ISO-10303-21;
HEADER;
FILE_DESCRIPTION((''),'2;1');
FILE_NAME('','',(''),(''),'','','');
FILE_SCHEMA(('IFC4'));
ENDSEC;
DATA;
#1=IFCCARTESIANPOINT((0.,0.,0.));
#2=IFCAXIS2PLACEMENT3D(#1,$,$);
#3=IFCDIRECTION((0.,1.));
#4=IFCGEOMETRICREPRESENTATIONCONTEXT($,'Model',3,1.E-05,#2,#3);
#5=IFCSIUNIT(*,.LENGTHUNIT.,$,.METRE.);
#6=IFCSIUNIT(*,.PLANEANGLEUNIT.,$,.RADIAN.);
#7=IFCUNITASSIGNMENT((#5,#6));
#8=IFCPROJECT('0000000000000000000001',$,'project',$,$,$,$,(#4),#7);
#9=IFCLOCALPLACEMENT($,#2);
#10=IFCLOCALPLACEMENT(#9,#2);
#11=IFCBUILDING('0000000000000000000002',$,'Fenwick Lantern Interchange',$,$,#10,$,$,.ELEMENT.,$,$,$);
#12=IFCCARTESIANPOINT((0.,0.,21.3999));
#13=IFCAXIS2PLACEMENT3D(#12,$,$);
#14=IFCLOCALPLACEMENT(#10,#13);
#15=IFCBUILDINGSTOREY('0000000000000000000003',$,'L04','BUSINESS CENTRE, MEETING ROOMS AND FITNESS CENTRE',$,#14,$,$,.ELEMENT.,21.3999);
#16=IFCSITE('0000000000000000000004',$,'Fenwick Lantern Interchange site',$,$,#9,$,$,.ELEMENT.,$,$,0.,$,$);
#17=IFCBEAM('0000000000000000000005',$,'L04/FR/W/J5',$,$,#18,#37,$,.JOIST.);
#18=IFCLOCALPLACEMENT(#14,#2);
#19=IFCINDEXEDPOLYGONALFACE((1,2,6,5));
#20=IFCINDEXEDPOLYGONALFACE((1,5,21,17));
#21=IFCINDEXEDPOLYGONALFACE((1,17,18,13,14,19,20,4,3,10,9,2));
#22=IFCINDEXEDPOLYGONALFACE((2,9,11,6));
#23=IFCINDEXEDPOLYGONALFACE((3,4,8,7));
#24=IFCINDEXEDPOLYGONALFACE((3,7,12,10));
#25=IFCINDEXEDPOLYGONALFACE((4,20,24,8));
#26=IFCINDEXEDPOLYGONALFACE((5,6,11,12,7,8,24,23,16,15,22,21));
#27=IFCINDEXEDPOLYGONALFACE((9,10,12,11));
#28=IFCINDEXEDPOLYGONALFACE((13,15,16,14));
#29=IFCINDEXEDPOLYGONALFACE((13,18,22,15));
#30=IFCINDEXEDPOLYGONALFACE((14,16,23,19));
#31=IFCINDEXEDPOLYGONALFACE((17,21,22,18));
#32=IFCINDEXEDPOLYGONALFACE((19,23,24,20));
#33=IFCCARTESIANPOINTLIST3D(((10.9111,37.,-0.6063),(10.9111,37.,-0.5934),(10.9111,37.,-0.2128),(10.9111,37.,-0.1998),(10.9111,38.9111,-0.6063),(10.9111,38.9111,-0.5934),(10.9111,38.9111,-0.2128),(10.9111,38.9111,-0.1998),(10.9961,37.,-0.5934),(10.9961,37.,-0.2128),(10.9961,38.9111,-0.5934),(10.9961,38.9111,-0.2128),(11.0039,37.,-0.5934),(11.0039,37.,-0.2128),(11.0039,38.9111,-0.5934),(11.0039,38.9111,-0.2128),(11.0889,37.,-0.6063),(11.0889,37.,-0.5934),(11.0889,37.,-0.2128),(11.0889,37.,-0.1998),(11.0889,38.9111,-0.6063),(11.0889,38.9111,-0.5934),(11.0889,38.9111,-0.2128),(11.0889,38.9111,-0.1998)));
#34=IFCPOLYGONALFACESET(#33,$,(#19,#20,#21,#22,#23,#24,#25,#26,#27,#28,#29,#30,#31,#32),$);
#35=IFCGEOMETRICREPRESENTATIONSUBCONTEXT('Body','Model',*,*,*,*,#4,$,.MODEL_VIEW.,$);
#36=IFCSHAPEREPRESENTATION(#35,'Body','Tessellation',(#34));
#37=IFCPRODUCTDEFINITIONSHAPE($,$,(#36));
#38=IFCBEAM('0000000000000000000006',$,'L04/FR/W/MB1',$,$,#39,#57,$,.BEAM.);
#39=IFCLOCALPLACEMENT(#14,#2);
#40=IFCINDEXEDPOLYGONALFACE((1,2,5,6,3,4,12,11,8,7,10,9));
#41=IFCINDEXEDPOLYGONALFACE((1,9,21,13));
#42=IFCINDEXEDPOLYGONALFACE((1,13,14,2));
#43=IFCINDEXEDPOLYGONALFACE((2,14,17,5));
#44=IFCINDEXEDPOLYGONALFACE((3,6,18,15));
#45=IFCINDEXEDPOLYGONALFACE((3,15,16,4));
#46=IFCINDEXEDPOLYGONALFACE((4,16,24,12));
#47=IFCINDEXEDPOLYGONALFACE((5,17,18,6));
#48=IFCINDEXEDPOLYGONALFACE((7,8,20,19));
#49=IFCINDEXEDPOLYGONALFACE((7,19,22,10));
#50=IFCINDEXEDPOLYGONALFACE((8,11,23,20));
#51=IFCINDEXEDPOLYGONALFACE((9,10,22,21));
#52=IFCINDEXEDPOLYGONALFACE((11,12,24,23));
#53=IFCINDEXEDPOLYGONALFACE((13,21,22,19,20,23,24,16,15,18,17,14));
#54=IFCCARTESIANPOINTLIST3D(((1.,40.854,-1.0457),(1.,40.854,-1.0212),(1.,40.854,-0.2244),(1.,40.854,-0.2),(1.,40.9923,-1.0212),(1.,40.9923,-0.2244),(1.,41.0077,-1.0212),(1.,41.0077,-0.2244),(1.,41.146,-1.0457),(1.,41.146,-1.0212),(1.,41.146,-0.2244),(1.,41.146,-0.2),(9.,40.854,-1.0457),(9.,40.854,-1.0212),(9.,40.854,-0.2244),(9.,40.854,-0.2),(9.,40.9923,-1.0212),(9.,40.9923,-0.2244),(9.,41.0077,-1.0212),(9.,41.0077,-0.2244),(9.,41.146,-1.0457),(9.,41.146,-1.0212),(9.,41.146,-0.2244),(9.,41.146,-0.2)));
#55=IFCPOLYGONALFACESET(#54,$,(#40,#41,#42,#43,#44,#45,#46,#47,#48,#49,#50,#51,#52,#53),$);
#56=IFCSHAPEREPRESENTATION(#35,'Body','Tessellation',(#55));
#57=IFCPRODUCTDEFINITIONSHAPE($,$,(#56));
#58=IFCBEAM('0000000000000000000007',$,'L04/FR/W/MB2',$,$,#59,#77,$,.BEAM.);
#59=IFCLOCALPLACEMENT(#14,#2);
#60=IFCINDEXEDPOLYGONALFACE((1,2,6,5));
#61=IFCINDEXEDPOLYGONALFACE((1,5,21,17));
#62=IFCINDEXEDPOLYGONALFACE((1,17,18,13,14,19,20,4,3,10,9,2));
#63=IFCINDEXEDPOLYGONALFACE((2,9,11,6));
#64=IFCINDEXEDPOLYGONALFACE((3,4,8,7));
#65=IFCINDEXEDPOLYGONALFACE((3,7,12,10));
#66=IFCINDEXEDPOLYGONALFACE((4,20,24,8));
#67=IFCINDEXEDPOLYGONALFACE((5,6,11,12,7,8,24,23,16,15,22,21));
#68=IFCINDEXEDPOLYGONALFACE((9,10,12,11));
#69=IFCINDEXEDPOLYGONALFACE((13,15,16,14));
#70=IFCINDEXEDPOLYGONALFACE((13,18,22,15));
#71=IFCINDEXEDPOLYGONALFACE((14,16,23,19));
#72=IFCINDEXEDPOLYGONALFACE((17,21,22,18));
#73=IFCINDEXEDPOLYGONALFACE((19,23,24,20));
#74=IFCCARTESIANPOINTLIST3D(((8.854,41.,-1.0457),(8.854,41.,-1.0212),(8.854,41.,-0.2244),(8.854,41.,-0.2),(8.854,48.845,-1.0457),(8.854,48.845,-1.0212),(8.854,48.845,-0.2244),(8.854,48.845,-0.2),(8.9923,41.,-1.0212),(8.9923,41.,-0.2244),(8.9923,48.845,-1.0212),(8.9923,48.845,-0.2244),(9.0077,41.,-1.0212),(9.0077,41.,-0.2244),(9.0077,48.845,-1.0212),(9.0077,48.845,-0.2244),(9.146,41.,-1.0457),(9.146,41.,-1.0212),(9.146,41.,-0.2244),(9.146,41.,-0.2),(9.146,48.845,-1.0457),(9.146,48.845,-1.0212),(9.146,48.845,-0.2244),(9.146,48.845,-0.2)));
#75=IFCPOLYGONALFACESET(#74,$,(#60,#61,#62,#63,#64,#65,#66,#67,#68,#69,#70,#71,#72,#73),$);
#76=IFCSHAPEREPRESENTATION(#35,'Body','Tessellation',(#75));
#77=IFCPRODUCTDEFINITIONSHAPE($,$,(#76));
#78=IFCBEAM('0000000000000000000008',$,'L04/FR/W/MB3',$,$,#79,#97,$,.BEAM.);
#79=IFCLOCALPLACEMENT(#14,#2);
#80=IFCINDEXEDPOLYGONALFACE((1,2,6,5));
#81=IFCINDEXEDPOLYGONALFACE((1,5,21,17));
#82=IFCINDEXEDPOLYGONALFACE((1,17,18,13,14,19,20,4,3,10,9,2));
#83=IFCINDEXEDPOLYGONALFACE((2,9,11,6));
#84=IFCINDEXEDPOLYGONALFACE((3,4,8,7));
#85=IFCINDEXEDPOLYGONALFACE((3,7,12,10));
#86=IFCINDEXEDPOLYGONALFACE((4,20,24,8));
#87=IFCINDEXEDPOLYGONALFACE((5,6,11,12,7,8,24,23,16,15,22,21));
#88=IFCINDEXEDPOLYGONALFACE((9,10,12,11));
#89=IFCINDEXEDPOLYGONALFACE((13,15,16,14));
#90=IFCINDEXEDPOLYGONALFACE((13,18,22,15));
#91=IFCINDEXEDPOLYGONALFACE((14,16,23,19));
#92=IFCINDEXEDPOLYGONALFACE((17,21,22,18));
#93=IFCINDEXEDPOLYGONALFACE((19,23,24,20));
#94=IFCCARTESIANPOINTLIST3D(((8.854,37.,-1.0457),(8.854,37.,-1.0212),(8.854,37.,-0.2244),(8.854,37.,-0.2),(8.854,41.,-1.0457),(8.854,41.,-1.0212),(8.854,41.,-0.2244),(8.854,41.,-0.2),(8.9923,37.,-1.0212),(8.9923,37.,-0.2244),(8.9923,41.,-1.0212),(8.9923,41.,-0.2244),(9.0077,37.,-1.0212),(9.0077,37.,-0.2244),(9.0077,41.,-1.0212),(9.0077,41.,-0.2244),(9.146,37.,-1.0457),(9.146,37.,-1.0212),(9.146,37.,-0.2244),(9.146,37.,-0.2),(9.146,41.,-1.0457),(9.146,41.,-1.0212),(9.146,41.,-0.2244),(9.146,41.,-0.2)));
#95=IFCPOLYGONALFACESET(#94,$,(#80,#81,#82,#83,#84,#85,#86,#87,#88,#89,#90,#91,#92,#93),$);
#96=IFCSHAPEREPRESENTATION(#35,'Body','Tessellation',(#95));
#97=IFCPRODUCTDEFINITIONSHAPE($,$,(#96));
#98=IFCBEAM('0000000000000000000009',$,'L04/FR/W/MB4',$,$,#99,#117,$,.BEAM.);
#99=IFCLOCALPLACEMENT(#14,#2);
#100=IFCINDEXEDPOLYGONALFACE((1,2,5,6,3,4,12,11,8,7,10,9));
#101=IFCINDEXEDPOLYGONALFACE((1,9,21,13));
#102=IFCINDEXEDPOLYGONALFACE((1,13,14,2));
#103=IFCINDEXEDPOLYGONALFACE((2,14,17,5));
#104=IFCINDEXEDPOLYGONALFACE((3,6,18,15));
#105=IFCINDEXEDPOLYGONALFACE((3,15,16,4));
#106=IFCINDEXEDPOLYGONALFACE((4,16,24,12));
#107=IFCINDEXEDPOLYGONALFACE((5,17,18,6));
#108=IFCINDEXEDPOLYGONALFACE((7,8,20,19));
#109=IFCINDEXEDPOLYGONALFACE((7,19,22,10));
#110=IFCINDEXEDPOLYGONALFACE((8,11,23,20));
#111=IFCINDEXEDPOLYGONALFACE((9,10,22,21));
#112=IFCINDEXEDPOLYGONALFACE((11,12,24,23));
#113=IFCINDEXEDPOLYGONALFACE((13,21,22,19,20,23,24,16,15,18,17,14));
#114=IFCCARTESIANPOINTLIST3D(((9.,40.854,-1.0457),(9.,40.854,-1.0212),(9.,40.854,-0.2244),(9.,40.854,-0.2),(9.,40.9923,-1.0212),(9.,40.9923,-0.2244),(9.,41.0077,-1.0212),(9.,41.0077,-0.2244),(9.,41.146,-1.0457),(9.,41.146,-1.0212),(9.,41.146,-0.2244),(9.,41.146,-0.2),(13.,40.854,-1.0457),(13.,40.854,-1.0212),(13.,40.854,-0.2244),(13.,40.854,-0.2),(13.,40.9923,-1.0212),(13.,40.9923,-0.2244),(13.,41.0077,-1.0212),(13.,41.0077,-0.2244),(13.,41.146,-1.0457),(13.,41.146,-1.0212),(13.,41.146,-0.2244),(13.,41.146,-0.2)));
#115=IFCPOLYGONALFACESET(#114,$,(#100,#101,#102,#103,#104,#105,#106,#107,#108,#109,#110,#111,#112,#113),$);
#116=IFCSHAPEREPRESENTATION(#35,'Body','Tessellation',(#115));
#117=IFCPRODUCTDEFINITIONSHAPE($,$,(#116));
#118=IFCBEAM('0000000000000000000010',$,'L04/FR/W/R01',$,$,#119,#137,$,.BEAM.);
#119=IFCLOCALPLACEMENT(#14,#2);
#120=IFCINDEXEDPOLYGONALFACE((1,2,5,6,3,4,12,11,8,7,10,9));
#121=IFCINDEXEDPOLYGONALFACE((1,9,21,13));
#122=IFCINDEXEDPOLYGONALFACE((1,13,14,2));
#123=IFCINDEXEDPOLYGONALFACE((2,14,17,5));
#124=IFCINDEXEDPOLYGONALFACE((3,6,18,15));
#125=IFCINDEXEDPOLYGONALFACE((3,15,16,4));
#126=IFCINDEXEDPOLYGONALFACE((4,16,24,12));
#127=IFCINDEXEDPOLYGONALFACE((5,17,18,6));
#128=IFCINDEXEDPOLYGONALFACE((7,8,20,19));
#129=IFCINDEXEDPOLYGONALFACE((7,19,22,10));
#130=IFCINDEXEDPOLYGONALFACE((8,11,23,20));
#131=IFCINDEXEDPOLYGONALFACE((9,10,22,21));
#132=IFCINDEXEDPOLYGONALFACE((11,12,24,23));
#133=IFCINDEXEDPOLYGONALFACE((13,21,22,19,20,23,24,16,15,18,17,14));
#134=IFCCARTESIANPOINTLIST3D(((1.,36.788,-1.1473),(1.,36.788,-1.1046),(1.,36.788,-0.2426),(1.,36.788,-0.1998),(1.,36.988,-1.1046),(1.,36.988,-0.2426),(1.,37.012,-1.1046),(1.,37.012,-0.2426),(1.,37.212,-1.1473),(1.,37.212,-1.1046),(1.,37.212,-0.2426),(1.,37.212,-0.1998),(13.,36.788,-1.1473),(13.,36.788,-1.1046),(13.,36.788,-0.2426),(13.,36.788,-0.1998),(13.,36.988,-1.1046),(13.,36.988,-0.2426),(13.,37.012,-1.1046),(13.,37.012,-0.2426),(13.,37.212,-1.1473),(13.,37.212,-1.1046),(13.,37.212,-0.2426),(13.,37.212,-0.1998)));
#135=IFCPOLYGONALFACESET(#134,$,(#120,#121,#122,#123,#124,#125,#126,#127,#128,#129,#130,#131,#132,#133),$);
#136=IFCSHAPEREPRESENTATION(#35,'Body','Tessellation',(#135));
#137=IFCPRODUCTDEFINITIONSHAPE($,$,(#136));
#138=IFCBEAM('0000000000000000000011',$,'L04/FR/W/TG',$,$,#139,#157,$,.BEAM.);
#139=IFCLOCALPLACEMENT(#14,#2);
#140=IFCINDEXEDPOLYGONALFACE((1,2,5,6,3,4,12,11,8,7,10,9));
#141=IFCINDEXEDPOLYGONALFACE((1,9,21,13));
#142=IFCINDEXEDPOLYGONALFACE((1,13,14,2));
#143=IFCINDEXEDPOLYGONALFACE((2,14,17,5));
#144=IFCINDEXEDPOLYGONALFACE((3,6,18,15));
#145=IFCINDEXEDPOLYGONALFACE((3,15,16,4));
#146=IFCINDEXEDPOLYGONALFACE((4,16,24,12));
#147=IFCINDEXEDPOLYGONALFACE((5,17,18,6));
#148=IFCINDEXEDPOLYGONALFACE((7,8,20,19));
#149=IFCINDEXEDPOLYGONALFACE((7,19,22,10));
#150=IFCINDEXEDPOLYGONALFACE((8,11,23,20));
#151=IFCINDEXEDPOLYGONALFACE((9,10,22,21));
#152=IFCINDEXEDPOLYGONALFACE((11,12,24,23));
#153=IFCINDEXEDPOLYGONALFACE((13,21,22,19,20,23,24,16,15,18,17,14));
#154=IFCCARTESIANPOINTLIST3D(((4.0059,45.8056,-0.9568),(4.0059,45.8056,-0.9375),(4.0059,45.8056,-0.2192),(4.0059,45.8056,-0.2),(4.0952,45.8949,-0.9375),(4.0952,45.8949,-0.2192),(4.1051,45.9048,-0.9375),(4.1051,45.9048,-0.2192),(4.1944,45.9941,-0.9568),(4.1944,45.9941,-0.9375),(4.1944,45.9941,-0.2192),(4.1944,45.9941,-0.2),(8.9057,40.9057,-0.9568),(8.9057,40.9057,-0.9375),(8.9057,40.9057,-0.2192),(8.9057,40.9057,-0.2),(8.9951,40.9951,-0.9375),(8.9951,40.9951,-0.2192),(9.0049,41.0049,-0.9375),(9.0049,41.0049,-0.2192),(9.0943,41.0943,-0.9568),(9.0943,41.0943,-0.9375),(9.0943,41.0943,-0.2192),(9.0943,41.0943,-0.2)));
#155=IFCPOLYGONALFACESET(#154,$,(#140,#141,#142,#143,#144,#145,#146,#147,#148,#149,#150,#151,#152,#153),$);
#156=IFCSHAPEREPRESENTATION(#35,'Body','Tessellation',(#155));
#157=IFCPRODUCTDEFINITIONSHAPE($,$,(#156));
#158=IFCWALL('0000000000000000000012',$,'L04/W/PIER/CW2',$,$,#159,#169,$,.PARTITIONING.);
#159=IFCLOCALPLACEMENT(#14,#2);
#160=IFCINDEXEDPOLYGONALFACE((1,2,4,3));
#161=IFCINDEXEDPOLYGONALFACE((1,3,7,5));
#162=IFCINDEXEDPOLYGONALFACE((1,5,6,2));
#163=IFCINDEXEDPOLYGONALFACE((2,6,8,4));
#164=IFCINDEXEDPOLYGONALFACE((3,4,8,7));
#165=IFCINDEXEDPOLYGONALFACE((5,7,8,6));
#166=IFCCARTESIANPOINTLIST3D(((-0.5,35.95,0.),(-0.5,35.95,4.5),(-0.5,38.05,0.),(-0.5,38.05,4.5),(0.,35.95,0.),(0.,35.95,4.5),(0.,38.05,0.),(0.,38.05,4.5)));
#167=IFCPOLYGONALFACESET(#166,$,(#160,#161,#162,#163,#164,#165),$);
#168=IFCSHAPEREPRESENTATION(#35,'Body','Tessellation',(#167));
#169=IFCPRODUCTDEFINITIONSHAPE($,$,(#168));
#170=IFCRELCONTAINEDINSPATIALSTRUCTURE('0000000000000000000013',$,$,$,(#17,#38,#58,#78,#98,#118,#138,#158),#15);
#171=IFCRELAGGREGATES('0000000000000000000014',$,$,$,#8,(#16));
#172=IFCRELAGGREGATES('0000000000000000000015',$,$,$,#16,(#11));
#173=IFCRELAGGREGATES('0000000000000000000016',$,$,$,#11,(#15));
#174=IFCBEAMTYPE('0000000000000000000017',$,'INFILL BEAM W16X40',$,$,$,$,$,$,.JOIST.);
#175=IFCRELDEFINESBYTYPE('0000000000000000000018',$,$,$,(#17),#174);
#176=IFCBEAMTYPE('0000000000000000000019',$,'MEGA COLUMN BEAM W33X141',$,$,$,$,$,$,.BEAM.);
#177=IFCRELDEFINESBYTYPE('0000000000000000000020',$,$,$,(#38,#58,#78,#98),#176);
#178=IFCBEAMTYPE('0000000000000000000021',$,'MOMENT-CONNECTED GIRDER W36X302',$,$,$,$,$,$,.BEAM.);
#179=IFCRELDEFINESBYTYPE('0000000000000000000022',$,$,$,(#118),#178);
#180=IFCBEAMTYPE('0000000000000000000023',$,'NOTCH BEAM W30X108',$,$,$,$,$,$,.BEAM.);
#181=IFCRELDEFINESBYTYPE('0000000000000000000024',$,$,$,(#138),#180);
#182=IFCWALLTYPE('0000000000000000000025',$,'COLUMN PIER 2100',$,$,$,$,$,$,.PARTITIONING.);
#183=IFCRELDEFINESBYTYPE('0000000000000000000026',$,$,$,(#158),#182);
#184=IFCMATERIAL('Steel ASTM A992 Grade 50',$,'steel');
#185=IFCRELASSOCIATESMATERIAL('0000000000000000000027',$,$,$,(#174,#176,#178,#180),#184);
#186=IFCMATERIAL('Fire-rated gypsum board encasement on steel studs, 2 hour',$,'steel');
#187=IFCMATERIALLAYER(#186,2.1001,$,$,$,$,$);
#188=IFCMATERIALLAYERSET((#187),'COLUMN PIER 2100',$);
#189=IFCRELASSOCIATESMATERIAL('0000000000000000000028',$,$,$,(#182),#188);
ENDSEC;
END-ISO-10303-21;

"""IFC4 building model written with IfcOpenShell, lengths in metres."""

from ifc_helpers import new_model, si_unit, direction, frame, frame_2d, origin, origin_2d, place, context, subcontext, project, spatial, rectangle, i_section, extrude, material, layer, layer_set, material_profile, profile_set, type_object, element, save


model = new_model("IFC4")

# Units and contexts
model_context = context("Model", 3, precision=1e-05, world=origin(), true_north=direction((0.0, 1.0)))
body_context = subcontext(model_context, "Body", "Model", "MODEL_VIEW")
ifc_project = project(units=[si_unit("LENGTHUNIT", "METRE"), si_unit("PLANEANGLEUNIT", "RADIAN")], contexts=[model_context])

# Site, building, storey
site_placement = place(None, origin())
site = spatial("IfcSite", under=ifc_project, at=site_placement, Name="Fenwick Lantern Interchange site", CompositionType="ELEMENT", RefElevation=0.0)
building_placement = place(site_placement, origin())
building = spatial("IfcBuilding", under=site, at=building_placement, Name="Fenwick Lantern Interchange", CompositionType="ELEMENT")
storey_placement = place(building_placement, frame((0.0, 0.0, 21.3999)))
storey = spatial("IfcBuildingStorey", under=building, at=storey_placement, Name="L04", Description="BUSINESS CENTRE, MEETING ROOMS AND FITNESS CENTRE", CompositionType="ELEMENT", Elevation=21.3999)

# Beams
ifc_material_1 = material(Name="Steel ASTM A992 Grade 50", Category="steel")
ifc_material_profile_1 = material_profile(ifc_material_1, i_section(OverallWidth=0.1777, OverallDepth=0.4065, WebThickness=0.0078, FlangeThickness=0.0129, at=origin_2d()), Name="W16X40")
ifc_profile_set_1 = profile_set([ifc_material_profile_1], Name="Steel ASTM A992 Grade 50")
beam_type_1 = type_object("IfcBeamType", Name="INFILL BEAM W16X40", PredefinedType="JOIST", material=ifc_profile_set_1)
beam_1_placement = place(storey_placement, frame((11.0, 38.9111, -0.4031), z_axis=(0.0, -1.0, 0.0), x_axis=(1.0, 0.0, 0.0)))
element("IfcBeam", 1, at=beam_1_placement, inside=storey, type_object=beam_type_1, Name="L04/FR/W/J5", PredefinedType="JOIST", context=body_context, shape_type="SweptSolid", body=[
    extrude(i_section(OverallWidth=0.1777, OverallDepth=0.4065, WebThickness=0.0078, FlangeThickness=0.0129, at=origin_2d()), origin(), (0.0, 0.0, 1.0), 1.9111),
])
ifc_material_profile_2 = material_profile(ifc_material_1, i_section(OverallWidth=0.292, OverallDepth=0.8457, WebThickness=0.0154, FlangeThickness=0.0244, at=origin_2d()), Name="W33X141")
ifc_profile_set_2 = profile_set([ifc_material_profile_2], Name="Steel ASTM A992 Grade 50")
beam_type_2 = type_object("IfcBeamType", Name="MEGA COLUMN BEAM W33X141", PredefinedType="BEAM", material=ifc_profile_set_2)
beam_2_placement = place(storey_placement, frame((9.0, 41.0, -0.6228), z_axis=(-1.0, 0.0, 0.0), x_axis=(0.0, -1.0, 0.0)))
element("IfcBeam", 2, at=beam_2_placement, inside=storey, type_object=beam_type_2, Name="L04/FR/W/MB1", PredefinedType="BEAM", context=body_context, shape_type="SweptSolid", body=[
    extrude(i_section(OverallWidth=0.292, OverallDepth=0.8457, WebThickness=0.0154, FlangeThickness=0.0244, at=origin_2d()), origin(), (0.0, 0.0, 1.0), 8.0),
])
beam_3_placement = place(storey_placement, frame((9.0, 41.0, -0.6228), z_axis=(0.0, 1.0, 0.0), x_axis=(-1.0, 0.0, 0.0)))
element("IfcBeam", 3, at=beam_3_placement, inside=storey, type_object=beam_type_2, Name="L04/FR/W/MB2", PredefinedType="BEAM", context=body_context, shape_type="SweptSolid", body=[
    extrude(i_section(OverallWidth=0.292, OverallDepth=0.8457, WebThickness=0.0154, FlangeThickness=0.0244, at=origin_2d()), origin(), (0.0, 0.0, 1.0), 7.845),
])
for number, where, z_axis, x_axis, name in (
    (4, (9.0, 41.0, -0.6228), (0.0, -1.0, 0.0), (1.0, 0.0, 0.0), "L04/FR/W/MB3"),
    (5, (9.0, 41.0, -0.6228), (1.0, 0.0, 0.0), (0.0, 1.0, 0.0), "L04/FR/W/MB4"),
):
    element("IfcBeam", number, at=place(storey_placement, frame(where, z_axis=z_axis, x_axis=x_axis)), inside=storey, type_object=beam_type_2, Name=name, PredefinedType="BEAM", context=body_context, shape_type="SweptSolid", body=[
        extrude(i_section(OverallWidth=0.292, OverallDepth=0.8457, WebThickness=0.0154, FlangeThickness=0.0244, at=origin_2d()), origin(), (0.0, 0.0, 1.0), 4.0),
    ])
ifc_material_profile_3 = material_profile(ifc_material_1, i_section(OverallWidth=0.4241, OverallDepth=0.9475, WebThickness=0.0239, FlangeThickness=0.0427, at=origin_2d()), Name="W36X302")
ifc_profile_set_3 = profile_set([ifc_material_profile_3], Name="Steel ASTM A992 Grade 50")
beam_type_3 = type_object("IfcBeamType", Name="MOMENT-CONNECTED GIRDER W36X302", PredefinedType="BEAM", material=ifc_profile_set_3)
beam_4_placement = place(storey_placement, frame((1.0, 37.0, -0.6736), z_axis=(1.0, 0.0, 0.0), x_axis=(0.0, 1.0, 0.0)))
element("IfcBeam", 6, at=beam_4_placement, inside=storey, type_object=beam_type_3, Name="L04/FR/W/R01", PredefinedType="BEAM", context=body_context, shape_type="SweptSolid", body=[
    extrude(i_section(OverallWidth=0.4241, OverallDepth=0.9475, WebThickness=0.0239, FlangeThickness=0.0427, at=origin_2d()), origin(), (0.0, 0.0, 1.0), 12.0),
])
ifc_material_profile_4 = material_profile(ifc_material_1, i_section(OverallWidth=0.2666, OverallDepth=0.7568, WebThickness=0.0139, FlangeThickness=0.0193, at=origin_2d()), Name="W30X108")
ifc_profile_set_4 = profile_set([ifc_material_profile_4], Name="Steel ASTM A992 Grade 50")
beam_type_4 = type_object("IfcBeamType", Name="NOTCH BEAM W30X108", PredefinedType="BEAM", material=ifc_profile_set_4)
beam_5_placement = place(storey_placement, frame((9.0, 41.0, -0.5784), z_axis=(-0.707107, 0.707107, 0.0), x_axis=(-0.707107, -0.707107, 0.0)))
element("IfcBeam", 7, at=beam_5_placement, inside=storey, type_object=beam_type_4, Name="L04/FR/W/TG", PredefinedType="BEAM", context=body_context, shape_type="SweptSolid", body=[
    extrude(i_section(OverallWidth=0.2666, OverallDepth=0.7568, WebThickness=0.0139, FlangeThickness=0.0193, at=origin_2d()), origin(), (0.0, 0.0, 1.0), 6.9294),
])

# Wall
ifc_material_2 = material(Name="Fire-rated gypsum board encasement on steel studs, 2 hour", Category="steel")
ifc_layer_1 = layer(ifc_material_2, 2.1001)
ifc_layer_set_1 = layer_set([ifc_layer_1], Name="COLUMN PIER 2100")
wall_type_1 = type_object("IfcWallType", Name="COLUMN PIER 2100", PredefinedType="PARTITIONING", material=ifc_layer_set_1)
wall_1_placement = place(storey_placement, frame((-0.5, 37.0, 0.0), z_axis=(0.0, 0.0, 1.0), x_axis=(1.0, 0.0, 0.0)))
element("IfcWall", 8, at=wall_1_placement, inside=storey, type_object=wall_type_1, Name="L04/W/PIER/CW2", PredefinedType="PARTITIONING", context=body_context, shape_type="SweptSolid", body=[
    extrude(rectangle(XDim=0.5, YDim=2.1001, at=frame_2d((0.25, 0.0))), origin(), (0.0, 0.0, 1.0), 4.5),
])

save(model, "model.ifc")
